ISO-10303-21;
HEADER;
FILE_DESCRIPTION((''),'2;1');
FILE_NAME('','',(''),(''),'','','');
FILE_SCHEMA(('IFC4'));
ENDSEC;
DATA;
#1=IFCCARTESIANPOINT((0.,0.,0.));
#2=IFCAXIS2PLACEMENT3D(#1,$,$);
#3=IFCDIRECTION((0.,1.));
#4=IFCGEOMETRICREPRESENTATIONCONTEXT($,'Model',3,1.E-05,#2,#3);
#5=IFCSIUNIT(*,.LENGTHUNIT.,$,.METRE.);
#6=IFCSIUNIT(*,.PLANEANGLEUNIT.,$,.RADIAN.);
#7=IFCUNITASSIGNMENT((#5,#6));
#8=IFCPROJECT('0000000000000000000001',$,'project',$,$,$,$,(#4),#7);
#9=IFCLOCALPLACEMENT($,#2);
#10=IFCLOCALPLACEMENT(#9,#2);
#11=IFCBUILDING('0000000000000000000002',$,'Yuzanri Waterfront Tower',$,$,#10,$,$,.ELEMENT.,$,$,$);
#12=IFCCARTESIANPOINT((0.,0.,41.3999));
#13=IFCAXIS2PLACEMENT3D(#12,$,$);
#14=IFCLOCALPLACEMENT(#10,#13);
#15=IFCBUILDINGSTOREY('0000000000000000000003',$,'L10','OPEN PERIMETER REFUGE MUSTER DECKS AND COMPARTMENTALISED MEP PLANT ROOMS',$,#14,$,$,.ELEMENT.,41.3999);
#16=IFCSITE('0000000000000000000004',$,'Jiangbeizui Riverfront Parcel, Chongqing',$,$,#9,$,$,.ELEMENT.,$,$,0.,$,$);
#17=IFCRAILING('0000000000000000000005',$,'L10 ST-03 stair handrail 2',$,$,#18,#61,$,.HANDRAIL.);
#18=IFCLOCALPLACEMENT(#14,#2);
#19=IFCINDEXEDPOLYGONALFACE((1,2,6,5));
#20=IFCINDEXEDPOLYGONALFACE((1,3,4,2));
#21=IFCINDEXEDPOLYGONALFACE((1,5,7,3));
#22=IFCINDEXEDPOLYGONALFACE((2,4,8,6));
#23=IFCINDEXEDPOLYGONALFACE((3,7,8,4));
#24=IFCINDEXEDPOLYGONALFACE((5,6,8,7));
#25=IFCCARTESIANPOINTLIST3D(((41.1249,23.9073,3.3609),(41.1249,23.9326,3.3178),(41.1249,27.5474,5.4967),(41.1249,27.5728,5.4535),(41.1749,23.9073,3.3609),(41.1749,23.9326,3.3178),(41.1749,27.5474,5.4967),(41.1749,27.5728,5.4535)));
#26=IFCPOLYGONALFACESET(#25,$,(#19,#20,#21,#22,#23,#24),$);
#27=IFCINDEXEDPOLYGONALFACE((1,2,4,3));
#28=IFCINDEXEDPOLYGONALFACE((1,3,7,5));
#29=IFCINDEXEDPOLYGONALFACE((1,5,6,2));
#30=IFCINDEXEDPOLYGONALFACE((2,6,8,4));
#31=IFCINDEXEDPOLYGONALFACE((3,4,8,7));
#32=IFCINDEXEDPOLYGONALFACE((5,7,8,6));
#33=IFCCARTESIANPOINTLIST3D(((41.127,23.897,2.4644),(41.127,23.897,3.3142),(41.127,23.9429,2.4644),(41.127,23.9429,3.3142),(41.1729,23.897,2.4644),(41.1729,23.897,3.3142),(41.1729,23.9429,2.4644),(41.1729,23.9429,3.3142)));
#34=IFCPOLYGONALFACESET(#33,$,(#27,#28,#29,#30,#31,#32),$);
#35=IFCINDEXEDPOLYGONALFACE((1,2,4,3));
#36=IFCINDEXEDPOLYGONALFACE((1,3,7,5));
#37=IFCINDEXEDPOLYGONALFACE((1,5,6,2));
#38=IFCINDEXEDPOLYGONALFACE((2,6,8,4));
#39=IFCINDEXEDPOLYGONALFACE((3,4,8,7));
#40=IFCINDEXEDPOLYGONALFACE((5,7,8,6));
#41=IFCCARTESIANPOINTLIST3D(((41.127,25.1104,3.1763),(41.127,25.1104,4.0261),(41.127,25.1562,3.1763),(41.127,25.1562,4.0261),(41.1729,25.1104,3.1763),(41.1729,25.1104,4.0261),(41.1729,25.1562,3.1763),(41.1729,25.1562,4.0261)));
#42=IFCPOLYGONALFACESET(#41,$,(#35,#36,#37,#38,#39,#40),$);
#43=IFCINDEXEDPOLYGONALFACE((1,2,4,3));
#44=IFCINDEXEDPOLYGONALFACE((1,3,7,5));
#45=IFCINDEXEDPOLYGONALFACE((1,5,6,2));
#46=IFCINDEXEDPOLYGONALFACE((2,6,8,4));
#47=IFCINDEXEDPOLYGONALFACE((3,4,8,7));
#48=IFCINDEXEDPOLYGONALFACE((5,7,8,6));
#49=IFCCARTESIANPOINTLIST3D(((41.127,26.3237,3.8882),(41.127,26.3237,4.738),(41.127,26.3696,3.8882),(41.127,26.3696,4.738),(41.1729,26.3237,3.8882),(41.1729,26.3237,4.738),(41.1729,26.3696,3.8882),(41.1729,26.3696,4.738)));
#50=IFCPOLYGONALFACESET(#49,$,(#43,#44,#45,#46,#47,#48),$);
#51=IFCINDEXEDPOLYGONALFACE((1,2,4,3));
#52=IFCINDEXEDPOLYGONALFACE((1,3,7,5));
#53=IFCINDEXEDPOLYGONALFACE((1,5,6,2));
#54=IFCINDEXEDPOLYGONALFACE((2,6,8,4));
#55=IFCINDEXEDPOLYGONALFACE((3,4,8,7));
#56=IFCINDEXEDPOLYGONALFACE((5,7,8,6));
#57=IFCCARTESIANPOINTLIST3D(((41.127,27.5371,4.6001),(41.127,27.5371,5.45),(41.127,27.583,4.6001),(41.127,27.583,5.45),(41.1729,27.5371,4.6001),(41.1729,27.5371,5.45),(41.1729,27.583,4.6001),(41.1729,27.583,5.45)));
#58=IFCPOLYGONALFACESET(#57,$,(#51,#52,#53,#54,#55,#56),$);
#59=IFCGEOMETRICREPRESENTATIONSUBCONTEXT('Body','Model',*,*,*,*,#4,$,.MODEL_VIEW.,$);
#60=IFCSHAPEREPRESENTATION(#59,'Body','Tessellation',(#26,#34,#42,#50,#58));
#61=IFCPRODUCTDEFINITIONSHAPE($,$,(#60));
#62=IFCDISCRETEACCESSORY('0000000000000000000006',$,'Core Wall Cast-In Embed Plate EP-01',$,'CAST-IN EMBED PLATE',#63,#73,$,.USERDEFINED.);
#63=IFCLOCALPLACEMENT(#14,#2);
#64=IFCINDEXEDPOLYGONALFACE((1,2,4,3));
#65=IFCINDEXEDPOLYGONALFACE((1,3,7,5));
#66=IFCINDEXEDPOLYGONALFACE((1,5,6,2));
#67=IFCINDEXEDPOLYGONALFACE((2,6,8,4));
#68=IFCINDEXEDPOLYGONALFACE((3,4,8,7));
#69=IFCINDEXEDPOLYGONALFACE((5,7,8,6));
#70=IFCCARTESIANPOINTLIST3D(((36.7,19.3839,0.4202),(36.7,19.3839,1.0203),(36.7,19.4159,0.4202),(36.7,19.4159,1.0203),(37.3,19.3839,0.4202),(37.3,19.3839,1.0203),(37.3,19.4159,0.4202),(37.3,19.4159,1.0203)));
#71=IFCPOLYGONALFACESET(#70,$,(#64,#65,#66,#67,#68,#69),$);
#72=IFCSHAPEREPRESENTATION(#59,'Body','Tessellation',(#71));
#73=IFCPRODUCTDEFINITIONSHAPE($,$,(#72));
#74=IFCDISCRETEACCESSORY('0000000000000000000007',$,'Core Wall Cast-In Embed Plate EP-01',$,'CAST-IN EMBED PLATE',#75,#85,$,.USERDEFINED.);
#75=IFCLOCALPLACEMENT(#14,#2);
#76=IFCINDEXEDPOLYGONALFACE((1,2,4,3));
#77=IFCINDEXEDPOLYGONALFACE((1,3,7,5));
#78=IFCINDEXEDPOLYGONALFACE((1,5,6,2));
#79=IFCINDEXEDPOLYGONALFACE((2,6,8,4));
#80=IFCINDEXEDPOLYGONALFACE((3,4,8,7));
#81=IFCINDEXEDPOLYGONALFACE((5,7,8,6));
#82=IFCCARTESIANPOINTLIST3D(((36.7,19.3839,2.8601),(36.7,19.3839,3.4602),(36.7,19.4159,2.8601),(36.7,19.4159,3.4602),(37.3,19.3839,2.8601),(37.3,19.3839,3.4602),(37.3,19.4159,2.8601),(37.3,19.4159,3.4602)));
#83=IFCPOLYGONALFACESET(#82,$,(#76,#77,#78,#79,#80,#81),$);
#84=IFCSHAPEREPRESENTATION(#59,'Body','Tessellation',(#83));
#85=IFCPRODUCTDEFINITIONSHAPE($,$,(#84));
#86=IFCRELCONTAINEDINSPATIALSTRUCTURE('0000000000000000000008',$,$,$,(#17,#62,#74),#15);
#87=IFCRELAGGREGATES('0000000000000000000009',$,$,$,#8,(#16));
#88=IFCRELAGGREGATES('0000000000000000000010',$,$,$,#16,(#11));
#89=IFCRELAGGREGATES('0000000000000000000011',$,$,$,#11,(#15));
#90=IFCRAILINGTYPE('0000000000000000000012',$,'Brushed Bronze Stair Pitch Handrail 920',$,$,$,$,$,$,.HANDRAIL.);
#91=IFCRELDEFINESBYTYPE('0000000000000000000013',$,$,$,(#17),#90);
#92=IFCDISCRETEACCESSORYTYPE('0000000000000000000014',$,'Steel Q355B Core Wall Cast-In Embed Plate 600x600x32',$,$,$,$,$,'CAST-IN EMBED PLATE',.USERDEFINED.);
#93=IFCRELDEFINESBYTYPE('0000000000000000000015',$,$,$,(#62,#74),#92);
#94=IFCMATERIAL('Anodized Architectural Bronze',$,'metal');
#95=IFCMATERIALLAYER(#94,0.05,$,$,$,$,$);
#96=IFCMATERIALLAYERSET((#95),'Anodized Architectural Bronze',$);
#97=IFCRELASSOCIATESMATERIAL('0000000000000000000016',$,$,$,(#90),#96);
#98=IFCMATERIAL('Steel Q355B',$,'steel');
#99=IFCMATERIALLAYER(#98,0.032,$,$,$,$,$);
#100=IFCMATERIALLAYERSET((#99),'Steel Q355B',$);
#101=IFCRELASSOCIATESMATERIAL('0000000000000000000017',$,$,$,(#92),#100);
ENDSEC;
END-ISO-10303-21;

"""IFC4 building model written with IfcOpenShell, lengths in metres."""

from ifc_helpers import new_model, si_unit, direction, frame, origin, origin_2d, place, context, subcontext, project, spatial, rectangle, extrude, source, transform, mapped, material, layer, layer_set, type_object, element, save


model = new_model("IFC4")

# Units and contexts
model_context = context("Model", 3, precision=1e-05, world=origin(), true_north=direction((0.0, 1.0)))
body_context = subcontext(model_context, "Body", "Model", "MODEL_VIEW")
ifc_project = project(units=[si_unit("LENGTHUNIT", "METRE"), si_unit("PLANEANGLEUNIT", "RADIAN")], contexts=[model_context])

# Site, building, storey
site_placement = place(None, origin())
site = spatial("IfcSite", under=ifc_project, at=site_placement, Name="Jiangbeizui Riverfront Parcel, Chongqing", CompositionType="ELEMENT", RefElevation=0.0)
building_placement = place(site_placement, origin())
building = spatial("IfcBuilding", under=site, at=building_placement, Name="Yuzanri Waterfront Tower", CompositionType="ELEMENT")
storey_placement = place(building_placement, frame((0.0, 0.0, 41.3999)))
storey = spatial("IfcBuildingStorey", under=building, at=storey_placement, Name="L10", Description="OPEN PERIMETER REFUGE MUSTER DECKS AND COMPARTMENTALISED MEP PLANT ROOMS", CompositionType="ELEMENT", Elevation=41.3999)

# Railing
ifc_material_1 = material(Name="Anodized Architectural Bronze", Category="metal")
ifc_layer_1 = layer(ifc_material_1, 0.05)
ifc_layer_set_1 = layer_set([ifc_layer_1], Name="Anodized Architectural Bronze")
railing_type_1 = type_object("IfcRailingType", Name="Brushed Bronze Stair Pitch Handrail 920", PredefinedType="HANDRAIL", material=ifc_layer_set_1)
shared_shape_1 = source(origin(), body_context, "Body", "SweptSolid", [
    extrude(rectangle(XDim=0.05, YDim=0.05, at=origin_2d()), frame((0.0, 0.0, 0.875), z_axis=(0.0, 0.862505, 0.506049), x_axis=(-1.0, 0.0, 0.0)), (0.0, 0.0, 1.0), 4.2205),
    extrude(rectangle(XDim=0.0459, YDim=0.0459, at=origin_2d()), origin(), (0.0, 0.0, 1.0), 0.8499),
    extrude(rectangle(XDim=0.0459, YDim=0.0459, at=origin_2d()), frame((0.0, 1.2134, 0.7119)), (0.0, 0.0, 1.0), 0.8499),
    extrude(rectangle(XDim=0.0459, YDim=0.0459, at=origin_2d()), frame((0.0, 2.4268, 1.4238)), (0.0, 0.0, 1.0), 0.8499),
    extrude(rectangle(XDim=0.0459, YDim=0.0459, at=origin_2d()), frame((0.0, 3.6401, 2.1357)), (0.0, 0.0, 1.0), 0.8499),
])
railing_1_placement = place(storey_placement, frame((41.1499, 23.9199, 2.4644)))
element("IfcRailing", 1, at=railing_1_placement, inside=storey, type_object=railing_type_1, Name="L10 ST-03 stair handrail 2", PredefinedType="HANDRAIL", context=body_context, shape_type="MappedRepresentation", body=[
    mapped(shared_shape_1, transform((0.0, 0.0, 0.0), scale=1.0)),
])

# Discrete accessories
ifc_material_2 = material(Name="Steel Q355B", Category="steel")
ifc_layer_2 = layer(ifc_material_2, 0.032)
ifc_layer_set_2 = layer_set([ifc_layer_2], Name="Steel Q355B")
discrete_accessory_type = type_object("IfcDiscreteAccessoryType", Name="Steel Q355B Core Wall Cast-In Embed Plate 600x600x32", ElementType="CAST-IN EMBED PLATE", PredefinedType="USERDEFINED", material=ifc_layer_set_2)
shared_shape_2 = source(origin(), body_context, "Body", "SweptSolid", [
    extrude(rectangle(XDim=0.6001, YDim=0.032, at=origin_2d()), origin(), (0.0, 0.0, 1.0), 0.6001),
])
for number, where, z_axis, x_axis, name in (
    (2, (37.0, 19.3999, 0.4202), (0.0, 0.0, 1.0), (1.0, 0.0, 0.0), "Core Wall Cast-In Embed Plate EP-01"),
    (3, (37.0, 19.3999, 2.8601), (0.0, 0.0, 1.0), (1.0, 0.0, 0.0), "Core Wall Cast-In Embed Plate EP-01"),
):
    element("IfcDiscreteAccessory", number, at=place(storey_placement, frame(where, z_axis=z_axis, x_axis=x_axis)), inside=storey, type_object=discrete_accessory_type, Name=name, ObjectType="CAST-IN EMBED PLATE", PredefinedType="USERDEFINED", context=body_context, shape_type="MappedRepresentation", body=[
        mapped(shared_shape_2, transform((0.0, 0.0, 0.0), scale=1.0)),
    ])

save(model, "model.ifc")
